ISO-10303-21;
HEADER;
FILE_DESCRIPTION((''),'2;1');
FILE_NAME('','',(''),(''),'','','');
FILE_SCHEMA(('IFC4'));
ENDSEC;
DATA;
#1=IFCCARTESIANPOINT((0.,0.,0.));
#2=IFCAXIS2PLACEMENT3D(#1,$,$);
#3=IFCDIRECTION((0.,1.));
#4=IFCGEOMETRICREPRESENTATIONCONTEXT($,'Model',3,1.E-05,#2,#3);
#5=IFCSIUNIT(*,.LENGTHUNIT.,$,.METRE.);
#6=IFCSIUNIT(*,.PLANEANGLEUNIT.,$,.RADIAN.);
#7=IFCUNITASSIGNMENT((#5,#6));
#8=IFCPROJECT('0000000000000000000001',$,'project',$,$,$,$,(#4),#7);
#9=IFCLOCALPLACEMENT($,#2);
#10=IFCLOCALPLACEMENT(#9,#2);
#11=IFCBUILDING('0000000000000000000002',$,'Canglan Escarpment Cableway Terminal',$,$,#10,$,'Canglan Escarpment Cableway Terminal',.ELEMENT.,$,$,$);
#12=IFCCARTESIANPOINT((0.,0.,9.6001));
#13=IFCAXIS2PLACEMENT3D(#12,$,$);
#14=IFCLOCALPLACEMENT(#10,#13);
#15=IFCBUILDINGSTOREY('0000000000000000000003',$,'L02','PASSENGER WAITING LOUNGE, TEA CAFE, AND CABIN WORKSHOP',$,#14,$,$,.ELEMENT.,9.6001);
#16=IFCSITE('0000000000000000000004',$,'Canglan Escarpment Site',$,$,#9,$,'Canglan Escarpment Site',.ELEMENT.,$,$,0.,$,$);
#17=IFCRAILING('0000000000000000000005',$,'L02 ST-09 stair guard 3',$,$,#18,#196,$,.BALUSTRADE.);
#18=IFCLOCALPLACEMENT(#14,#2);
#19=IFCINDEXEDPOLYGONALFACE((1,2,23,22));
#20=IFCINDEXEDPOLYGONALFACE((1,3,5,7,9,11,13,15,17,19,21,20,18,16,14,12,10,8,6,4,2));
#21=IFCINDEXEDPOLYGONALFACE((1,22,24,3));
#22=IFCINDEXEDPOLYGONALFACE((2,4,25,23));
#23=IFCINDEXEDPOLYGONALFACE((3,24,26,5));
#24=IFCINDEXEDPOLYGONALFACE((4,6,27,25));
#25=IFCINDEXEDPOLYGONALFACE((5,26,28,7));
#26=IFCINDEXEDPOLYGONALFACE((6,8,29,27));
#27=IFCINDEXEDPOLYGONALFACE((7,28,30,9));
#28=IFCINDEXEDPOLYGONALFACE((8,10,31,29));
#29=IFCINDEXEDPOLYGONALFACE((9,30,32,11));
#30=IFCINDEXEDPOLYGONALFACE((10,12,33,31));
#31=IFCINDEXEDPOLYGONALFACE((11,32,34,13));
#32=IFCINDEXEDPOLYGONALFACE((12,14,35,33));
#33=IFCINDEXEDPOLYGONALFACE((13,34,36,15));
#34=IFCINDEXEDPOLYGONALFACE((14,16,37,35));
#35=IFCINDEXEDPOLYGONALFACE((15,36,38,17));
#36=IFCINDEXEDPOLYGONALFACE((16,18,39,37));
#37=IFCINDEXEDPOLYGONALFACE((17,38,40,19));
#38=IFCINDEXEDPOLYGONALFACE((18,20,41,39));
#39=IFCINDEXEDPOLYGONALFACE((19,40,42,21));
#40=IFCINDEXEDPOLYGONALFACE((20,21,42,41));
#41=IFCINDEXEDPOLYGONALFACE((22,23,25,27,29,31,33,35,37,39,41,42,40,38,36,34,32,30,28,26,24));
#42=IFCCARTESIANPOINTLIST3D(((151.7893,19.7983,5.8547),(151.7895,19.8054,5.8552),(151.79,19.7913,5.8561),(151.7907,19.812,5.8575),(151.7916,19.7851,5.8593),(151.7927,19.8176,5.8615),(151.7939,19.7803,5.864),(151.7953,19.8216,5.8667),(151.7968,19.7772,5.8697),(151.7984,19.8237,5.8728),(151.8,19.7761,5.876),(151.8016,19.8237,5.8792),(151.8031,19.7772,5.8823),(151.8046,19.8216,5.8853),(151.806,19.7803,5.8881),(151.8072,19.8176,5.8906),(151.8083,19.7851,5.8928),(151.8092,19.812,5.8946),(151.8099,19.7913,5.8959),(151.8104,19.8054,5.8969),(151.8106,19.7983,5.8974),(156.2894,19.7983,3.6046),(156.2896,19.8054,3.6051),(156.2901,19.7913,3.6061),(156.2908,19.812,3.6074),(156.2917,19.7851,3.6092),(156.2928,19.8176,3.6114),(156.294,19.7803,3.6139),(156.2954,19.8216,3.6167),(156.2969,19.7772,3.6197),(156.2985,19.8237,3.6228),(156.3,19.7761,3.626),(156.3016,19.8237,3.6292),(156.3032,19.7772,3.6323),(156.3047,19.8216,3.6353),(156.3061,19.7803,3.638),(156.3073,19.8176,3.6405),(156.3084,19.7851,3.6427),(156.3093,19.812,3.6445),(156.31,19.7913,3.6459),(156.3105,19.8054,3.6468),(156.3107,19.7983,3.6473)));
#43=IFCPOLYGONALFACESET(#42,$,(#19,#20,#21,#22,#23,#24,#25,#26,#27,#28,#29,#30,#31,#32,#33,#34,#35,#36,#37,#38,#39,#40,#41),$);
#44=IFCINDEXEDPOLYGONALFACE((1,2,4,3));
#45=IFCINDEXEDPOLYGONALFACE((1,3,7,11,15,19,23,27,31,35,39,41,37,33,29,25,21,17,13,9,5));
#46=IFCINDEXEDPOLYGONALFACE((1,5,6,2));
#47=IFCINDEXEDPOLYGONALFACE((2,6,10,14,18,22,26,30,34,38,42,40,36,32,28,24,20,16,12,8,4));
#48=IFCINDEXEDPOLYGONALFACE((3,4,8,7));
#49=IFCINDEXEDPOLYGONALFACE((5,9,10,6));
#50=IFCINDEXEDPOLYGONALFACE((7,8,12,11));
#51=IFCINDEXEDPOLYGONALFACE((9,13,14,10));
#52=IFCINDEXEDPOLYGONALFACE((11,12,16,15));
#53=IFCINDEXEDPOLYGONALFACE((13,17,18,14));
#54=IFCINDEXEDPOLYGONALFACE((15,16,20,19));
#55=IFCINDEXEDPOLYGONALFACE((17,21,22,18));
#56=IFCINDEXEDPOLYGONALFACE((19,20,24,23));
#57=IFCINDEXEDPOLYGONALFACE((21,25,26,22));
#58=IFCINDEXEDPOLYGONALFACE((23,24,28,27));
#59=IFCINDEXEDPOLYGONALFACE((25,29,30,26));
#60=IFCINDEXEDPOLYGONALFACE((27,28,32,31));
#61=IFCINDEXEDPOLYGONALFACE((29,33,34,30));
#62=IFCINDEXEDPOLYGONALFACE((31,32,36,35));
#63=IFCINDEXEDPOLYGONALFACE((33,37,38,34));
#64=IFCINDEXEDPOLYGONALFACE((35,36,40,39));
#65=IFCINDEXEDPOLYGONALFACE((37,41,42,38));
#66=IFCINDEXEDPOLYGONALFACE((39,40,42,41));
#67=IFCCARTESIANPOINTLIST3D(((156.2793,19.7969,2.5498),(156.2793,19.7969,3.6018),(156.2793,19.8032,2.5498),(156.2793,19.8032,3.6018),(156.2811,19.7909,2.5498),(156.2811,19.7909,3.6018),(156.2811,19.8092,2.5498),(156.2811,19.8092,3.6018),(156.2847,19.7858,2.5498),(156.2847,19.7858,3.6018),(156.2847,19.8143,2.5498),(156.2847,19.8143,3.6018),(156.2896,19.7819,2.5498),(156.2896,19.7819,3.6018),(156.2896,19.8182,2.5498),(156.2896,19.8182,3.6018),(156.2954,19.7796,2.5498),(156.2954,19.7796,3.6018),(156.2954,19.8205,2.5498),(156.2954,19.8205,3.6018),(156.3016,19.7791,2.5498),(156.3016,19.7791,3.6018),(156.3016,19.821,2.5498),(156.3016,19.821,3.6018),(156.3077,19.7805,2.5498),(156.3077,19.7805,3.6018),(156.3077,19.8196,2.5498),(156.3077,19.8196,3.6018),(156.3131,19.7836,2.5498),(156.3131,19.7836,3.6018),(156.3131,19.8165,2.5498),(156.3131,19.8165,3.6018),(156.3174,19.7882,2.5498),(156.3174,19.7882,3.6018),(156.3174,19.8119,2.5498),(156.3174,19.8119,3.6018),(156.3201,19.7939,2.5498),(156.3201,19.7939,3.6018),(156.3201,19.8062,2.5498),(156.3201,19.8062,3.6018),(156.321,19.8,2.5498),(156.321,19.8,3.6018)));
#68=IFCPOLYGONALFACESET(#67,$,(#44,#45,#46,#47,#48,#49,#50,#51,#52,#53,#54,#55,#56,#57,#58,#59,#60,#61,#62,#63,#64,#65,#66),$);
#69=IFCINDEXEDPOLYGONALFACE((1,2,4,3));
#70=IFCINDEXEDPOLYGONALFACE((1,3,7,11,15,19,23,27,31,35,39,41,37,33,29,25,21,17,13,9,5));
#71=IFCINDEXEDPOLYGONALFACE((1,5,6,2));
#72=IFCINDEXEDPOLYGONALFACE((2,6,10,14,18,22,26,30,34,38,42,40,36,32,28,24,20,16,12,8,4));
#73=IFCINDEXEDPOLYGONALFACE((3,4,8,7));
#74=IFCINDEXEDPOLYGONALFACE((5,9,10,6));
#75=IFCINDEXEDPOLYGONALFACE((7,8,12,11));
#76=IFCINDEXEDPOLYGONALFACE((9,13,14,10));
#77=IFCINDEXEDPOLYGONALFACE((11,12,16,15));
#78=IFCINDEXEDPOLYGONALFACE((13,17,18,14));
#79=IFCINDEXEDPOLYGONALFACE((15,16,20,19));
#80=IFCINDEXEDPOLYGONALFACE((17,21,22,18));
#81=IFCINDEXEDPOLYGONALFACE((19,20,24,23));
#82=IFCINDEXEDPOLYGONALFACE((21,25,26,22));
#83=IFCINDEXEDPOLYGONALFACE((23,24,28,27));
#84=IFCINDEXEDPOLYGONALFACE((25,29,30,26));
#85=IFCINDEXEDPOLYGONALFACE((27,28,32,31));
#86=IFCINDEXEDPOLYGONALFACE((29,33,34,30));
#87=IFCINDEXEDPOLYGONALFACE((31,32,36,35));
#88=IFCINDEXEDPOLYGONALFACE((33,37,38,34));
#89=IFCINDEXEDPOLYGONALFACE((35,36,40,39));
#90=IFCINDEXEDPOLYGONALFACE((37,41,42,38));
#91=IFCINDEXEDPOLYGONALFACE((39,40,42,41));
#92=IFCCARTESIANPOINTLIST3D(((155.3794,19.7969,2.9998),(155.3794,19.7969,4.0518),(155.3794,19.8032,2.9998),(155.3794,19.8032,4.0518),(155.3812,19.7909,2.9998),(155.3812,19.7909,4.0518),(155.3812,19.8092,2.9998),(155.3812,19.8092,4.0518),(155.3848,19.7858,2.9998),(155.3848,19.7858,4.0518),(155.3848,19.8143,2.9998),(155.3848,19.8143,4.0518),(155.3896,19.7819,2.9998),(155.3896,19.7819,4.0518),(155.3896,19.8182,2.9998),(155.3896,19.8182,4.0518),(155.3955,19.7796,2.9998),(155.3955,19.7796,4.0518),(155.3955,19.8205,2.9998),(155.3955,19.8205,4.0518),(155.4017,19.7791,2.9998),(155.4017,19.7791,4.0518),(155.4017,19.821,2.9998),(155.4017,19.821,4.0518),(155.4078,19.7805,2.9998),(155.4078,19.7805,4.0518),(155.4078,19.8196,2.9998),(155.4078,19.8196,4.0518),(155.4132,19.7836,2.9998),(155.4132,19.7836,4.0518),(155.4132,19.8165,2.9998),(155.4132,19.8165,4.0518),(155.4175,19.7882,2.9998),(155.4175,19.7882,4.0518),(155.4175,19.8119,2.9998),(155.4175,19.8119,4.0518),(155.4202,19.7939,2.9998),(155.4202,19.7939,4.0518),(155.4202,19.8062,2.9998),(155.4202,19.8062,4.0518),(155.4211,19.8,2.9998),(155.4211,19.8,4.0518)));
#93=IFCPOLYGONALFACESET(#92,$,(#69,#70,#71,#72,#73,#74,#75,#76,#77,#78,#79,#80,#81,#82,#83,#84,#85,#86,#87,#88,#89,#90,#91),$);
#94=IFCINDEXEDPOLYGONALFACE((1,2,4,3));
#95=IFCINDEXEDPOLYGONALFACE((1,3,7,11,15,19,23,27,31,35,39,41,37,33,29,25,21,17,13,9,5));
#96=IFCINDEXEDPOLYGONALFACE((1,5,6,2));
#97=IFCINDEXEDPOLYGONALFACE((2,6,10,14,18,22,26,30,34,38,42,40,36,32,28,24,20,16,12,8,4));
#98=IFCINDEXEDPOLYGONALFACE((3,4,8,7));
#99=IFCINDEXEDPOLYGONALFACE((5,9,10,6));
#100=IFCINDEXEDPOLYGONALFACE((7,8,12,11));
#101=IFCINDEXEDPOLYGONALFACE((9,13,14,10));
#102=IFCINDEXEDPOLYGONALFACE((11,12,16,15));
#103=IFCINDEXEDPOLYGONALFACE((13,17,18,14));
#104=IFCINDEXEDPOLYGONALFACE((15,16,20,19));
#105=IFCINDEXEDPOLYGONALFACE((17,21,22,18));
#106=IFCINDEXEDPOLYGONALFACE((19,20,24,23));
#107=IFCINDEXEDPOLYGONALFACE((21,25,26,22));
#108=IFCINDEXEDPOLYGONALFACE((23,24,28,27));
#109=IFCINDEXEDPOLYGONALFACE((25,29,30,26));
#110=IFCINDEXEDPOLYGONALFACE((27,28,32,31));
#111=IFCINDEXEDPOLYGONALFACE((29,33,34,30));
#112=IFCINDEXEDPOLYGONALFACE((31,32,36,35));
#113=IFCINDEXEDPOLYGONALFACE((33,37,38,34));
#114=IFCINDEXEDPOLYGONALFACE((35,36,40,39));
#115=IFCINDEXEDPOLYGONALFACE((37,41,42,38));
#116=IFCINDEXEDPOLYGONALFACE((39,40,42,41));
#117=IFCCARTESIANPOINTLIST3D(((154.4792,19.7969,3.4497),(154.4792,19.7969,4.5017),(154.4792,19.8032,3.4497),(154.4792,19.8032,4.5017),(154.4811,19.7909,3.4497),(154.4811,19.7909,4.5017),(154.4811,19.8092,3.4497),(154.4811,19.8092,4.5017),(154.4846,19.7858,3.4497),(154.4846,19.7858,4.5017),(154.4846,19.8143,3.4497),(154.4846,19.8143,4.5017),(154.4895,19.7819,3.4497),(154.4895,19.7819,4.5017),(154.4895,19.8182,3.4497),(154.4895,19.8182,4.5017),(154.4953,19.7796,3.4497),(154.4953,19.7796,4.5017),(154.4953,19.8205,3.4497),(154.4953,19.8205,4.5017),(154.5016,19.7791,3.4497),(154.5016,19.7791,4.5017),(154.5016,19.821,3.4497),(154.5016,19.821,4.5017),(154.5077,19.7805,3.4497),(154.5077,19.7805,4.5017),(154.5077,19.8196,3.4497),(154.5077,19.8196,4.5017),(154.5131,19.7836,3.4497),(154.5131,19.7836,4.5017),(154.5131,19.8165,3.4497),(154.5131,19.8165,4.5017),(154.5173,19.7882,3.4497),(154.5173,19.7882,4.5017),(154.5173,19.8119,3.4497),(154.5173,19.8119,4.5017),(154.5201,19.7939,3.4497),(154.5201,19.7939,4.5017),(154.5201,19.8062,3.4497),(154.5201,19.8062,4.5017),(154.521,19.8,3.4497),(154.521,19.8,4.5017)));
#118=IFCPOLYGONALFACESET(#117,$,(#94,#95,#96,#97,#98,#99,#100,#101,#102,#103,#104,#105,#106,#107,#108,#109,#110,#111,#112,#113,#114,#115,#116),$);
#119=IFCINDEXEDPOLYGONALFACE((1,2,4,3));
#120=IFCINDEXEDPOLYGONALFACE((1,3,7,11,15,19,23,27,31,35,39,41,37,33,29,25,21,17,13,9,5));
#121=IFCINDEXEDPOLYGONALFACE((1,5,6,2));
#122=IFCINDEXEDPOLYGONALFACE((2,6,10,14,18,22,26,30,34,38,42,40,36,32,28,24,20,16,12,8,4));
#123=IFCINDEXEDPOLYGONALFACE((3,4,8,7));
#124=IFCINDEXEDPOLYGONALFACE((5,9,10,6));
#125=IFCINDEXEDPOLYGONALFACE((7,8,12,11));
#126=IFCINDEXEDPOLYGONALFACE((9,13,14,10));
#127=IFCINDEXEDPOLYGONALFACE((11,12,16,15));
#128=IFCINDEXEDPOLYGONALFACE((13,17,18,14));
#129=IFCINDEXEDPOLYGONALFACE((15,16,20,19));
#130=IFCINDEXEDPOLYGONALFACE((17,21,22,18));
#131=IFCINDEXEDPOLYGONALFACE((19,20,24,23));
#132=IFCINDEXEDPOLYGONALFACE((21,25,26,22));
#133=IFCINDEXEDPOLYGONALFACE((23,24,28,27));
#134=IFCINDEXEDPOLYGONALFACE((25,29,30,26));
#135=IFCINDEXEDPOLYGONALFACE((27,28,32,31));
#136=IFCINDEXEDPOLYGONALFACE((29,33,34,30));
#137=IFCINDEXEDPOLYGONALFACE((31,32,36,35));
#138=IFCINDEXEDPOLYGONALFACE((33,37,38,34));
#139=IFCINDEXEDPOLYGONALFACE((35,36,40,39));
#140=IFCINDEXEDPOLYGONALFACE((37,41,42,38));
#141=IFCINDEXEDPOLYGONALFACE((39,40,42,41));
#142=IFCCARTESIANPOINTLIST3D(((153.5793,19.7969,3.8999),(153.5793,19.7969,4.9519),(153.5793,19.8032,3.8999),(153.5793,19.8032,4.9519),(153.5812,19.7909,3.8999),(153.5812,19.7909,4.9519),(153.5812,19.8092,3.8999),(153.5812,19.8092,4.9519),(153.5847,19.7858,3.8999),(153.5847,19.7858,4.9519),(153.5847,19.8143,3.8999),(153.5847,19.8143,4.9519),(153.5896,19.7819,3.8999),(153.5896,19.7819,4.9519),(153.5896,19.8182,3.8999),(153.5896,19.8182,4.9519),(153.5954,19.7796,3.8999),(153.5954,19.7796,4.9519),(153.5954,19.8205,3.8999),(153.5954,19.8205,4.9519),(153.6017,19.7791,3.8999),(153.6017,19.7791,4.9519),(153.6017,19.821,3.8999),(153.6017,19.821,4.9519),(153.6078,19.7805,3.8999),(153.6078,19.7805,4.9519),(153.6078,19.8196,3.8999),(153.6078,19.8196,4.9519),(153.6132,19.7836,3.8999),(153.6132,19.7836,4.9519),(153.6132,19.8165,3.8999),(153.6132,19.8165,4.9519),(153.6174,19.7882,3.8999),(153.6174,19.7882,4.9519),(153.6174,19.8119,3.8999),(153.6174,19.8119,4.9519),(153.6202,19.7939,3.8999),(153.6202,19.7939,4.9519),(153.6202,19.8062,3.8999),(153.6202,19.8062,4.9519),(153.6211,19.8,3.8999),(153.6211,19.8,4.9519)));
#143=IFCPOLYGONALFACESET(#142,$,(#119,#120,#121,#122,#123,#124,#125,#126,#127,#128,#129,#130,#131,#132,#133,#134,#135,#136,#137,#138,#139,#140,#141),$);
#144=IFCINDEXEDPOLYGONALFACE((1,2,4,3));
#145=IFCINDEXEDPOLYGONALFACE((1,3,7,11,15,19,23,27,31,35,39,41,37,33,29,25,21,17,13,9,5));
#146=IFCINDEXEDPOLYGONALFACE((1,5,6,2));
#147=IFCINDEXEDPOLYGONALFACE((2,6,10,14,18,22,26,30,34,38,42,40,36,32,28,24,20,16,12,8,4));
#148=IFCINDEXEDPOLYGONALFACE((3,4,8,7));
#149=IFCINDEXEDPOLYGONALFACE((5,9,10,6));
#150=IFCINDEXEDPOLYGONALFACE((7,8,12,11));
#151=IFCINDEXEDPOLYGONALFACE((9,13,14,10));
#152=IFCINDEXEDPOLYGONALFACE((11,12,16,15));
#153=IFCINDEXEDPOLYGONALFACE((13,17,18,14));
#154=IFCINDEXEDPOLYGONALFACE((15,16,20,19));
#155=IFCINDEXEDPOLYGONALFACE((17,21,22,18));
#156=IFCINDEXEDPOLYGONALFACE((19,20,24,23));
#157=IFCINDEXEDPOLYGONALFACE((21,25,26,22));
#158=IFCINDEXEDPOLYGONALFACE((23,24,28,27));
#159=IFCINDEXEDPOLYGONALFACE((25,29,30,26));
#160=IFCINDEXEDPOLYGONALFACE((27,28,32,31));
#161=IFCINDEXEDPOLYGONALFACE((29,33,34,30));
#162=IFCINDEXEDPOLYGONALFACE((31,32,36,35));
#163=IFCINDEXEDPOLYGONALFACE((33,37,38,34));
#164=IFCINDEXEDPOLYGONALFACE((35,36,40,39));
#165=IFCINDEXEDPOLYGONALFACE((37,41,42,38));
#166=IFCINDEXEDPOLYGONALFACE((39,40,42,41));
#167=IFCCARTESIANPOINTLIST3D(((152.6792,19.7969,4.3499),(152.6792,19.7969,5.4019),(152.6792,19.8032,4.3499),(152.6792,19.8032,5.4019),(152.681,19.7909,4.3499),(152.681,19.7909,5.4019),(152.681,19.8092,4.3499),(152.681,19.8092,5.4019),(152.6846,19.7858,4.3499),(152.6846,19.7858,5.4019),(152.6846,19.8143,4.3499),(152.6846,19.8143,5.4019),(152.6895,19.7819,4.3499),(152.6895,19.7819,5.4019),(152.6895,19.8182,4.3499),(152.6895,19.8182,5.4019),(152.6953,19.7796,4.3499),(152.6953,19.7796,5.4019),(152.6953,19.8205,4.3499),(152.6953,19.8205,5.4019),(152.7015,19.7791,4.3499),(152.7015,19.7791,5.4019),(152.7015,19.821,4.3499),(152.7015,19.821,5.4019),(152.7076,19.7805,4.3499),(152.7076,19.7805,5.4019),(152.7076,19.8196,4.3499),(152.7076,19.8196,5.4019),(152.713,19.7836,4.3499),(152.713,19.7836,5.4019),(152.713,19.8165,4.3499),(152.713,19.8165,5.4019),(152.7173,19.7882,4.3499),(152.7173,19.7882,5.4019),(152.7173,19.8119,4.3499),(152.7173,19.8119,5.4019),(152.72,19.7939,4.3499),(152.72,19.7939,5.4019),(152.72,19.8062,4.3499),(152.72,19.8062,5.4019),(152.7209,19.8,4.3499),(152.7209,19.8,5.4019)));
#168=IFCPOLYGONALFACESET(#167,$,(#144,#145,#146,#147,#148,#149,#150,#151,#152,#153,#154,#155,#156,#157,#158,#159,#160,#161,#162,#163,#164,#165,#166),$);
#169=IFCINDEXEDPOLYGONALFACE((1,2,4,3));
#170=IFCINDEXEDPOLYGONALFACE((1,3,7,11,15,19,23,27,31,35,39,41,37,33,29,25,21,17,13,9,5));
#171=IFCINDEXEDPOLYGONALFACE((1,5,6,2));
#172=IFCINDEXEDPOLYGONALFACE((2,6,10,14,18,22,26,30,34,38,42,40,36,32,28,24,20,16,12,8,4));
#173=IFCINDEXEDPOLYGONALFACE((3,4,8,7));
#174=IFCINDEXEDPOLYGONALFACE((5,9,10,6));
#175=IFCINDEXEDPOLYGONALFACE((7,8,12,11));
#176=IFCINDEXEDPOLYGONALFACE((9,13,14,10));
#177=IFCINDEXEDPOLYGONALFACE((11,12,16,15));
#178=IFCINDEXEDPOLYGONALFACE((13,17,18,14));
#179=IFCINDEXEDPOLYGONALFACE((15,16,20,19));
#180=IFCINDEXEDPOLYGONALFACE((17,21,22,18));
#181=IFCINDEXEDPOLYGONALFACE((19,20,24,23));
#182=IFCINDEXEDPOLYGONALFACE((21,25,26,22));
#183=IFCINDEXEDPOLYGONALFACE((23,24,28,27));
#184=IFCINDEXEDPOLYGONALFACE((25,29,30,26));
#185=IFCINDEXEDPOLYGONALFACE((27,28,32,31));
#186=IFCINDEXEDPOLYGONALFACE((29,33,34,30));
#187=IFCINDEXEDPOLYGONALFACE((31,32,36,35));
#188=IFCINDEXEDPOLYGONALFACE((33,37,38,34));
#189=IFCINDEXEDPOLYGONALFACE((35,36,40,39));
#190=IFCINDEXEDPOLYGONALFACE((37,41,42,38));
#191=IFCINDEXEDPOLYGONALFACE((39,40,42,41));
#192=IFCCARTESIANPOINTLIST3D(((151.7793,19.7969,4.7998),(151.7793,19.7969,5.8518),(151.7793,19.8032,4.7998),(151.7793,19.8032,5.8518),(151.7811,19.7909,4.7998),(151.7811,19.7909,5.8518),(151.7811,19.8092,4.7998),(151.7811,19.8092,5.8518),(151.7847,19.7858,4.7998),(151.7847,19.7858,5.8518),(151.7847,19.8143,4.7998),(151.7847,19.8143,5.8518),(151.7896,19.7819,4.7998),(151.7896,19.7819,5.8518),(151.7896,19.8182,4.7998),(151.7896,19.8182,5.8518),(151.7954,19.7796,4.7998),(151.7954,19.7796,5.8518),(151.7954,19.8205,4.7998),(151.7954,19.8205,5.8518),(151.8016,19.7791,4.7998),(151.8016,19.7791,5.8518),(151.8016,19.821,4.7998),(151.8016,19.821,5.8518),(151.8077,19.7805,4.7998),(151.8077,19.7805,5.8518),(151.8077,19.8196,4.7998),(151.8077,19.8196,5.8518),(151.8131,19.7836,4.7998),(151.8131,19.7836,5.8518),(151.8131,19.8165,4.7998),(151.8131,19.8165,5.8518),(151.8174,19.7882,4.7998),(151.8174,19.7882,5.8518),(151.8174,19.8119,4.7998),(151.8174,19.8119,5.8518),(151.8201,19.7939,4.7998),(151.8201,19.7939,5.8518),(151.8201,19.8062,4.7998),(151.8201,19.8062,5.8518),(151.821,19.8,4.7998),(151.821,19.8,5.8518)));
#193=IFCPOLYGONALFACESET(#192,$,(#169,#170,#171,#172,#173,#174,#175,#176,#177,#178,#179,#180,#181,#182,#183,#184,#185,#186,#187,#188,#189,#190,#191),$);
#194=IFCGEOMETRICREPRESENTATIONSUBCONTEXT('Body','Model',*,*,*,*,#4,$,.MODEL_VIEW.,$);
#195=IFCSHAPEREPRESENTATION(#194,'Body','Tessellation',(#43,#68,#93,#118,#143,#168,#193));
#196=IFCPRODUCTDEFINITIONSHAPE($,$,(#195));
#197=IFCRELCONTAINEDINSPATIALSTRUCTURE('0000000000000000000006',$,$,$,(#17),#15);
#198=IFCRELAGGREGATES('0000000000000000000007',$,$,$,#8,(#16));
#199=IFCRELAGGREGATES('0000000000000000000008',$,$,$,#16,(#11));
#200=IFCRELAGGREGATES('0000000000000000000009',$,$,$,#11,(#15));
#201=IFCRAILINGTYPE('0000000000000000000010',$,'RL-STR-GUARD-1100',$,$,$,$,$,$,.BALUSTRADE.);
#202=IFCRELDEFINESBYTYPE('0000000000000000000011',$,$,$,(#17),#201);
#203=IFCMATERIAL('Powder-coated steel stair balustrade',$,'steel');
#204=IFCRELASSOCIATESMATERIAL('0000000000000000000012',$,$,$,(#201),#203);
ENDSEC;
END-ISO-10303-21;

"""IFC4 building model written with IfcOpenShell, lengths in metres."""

from ifc_helpers import new_model, si_unit, direction, frame, origin, origin_2d, place, context, subcontext, project, spatial, circle, extrude, material, type_object, element, save


model = new_model("IFC4")

# Units and contexts
model_context = context("Model", 3, precision=1e-05, world=origin(), true_north=direction((0.0, 1.0)))
body_context = subcontext(model_context, "Body", "Model", "MODEL_VIEW")
ifc_project = project(units=[si_unit("LENGTHUNIT", "METRE"), si_unit("PLANEANGLEUNIT", "RADIAN")], contexts=[model_context])

# Site, building, storey
site_placement = place(None, origin())
site = spatial("IfcSite", under=ifc_project, at=site_placement, Name="Canglan Escarpment Site", LongName="Canglan Escarpment Site", CompositionType="ELEMENT", RefElevation=0.0)
building_placement = place(site_placement, origin())
building = spatial("IfcBuilding", under=site, at=building_placement, Name="Canglan Escarpment Cableway Terminal", LongName="Canglan Escarpment Cableway Terminal", CompositionType="ELEMENT")
storey_placement = place(building_placement, frame((0.0, 0.0, 9.6001)))
storey = spatial("IfcBuildingStorey", under=building, at=storey_placement, Name="L02", Description="PASSENGER WAITING LOUNGE, TEA CAFE, AND CABIN WORKSHOP", CompositionType="ELEMENT", Elevation=9.6001)

# Railing
ifc_material_1 = material(Name="Powder-coated steel stair balustrade", Category="steel")
railing_type_1 = type_object("IfcRailingType", Name="RL-STR-GUARD-1100", PredefinedType="BALUSTRADE", material=ifc_material_1)
railing_1_placement = place(storey_placement, frame((156.3, 19.8, 2.5498)))
element("IfcRailing", 1, at=railing_1_placement, inside=storey, type_object=railing_type_1, Name="L02 ST-09 stair guard 3", PredefinedType="BALUSTRADE", context=body_context, shape_type="SweptSolid", body=[
    extrude(circle(Radius=0.0239, at=origin_2d()), frame((0.0, 0.0, 1.0762), z_axis=(-0.894427, 0.0, 0.447214), x_axis=(0.0, -1.0, 0.0)), (0.0, 0.0, 1.0), 5.0312),
    extrude(circle(Radius=0.021, at=origin_2d()), origin(), (0.0, 0.0, 1.0), 1.052),
    extrude(circle(Radius=0.021, at=origin_2d()), frame((-0.8999, 0.0, 0.45)), (0.0, 0.0, 1.0), 1.052),
    extrude(circle(Radius=0.021, at=origin_2d()), frame((-1.8, 0.0, 0.8999)), (0.0, 0.0, 1.0), 1.052),
    extrude(circle(Radius=0.021, at=origin_2d()), frame((-2.7, 0.0, 1.3501)), (0.0, 0.0, 1.0), 1.052),
    extrude(circle(Radius=0.021, at=origin_2d()), frame((-3.6001, 0.0, 1.8)), (0.0, 0.0, 1.0), 1.052),
    extrude(circle(Radius=0.021, at=origin_2d()), frame((-4.5, 0.0, 2.25)), (0.0, 0.0, 1.0), 1.052),
])

save(model, "model.ifc")
